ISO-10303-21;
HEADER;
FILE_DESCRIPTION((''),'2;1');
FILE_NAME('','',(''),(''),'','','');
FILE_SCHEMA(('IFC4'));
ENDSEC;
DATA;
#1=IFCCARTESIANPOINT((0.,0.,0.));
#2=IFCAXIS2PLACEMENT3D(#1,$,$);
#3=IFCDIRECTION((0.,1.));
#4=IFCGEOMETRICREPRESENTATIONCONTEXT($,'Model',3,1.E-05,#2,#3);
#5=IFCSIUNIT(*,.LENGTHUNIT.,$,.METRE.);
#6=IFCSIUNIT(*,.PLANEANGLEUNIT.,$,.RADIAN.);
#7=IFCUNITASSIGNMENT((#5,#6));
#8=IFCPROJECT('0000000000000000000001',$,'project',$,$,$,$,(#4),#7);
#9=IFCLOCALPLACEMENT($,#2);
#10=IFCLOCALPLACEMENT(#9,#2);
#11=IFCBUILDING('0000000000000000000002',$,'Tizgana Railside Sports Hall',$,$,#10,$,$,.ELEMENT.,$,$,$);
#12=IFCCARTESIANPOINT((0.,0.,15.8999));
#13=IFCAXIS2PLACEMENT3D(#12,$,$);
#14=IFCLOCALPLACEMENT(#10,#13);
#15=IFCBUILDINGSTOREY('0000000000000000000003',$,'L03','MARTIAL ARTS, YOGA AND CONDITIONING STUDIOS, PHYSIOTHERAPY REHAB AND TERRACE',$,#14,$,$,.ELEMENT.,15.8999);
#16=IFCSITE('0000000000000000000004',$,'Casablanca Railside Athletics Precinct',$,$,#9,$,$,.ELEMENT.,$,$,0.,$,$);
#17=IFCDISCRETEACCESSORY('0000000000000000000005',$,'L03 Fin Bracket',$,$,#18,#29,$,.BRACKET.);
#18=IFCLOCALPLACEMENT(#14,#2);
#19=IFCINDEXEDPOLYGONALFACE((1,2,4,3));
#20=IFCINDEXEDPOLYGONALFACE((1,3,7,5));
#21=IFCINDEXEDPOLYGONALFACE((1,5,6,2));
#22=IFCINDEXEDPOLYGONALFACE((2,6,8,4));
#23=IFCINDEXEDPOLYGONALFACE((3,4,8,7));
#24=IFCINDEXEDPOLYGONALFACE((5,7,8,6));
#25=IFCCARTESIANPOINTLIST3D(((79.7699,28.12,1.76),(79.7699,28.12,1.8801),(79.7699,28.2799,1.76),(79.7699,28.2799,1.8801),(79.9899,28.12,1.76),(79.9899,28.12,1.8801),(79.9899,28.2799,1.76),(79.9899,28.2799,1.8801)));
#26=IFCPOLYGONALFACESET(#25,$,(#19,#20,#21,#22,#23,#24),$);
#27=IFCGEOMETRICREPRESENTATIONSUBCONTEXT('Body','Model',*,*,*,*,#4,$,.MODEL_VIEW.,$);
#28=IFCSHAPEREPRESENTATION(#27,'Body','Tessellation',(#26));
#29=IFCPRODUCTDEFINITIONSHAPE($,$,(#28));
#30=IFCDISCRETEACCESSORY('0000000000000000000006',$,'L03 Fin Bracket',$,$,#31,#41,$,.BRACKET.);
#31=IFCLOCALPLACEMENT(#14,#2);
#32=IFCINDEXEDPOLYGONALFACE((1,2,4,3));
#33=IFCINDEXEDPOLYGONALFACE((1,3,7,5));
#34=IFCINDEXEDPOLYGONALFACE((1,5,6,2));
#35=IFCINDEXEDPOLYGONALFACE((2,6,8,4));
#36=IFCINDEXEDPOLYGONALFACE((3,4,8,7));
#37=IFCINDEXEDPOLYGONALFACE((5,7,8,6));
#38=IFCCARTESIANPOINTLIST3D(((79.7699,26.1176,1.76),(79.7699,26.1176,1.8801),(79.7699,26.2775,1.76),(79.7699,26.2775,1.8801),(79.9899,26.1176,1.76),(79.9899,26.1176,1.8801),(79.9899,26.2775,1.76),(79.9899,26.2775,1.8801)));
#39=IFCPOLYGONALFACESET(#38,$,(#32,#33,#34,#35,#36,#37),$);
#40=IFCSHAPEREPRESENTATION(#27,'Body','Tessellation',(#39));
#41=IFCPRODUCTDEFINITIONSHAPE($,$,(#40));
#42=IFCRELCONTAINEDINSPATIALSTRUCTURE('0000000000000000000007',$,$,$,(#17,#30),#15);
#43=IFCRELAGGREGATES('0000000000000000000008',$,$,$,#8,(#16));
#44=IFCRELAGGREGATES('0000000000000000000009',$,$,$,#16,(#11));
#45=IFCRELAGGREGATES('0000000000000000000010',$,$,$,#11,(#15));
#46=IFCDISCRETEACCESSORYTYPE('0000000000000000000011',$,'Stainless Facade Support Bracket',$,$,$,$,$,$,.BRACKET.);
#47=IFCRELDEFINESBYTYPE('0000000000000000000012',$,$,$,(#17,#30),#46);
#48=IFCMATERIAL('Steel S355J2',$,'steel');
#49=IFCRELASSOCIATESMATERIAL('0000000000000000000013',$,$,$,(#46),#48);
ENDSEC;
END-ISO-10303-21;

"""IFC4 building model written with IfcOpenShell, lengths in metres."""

from ifc_helpers import new_model, si_unit, direction, frame, origin, origin_2d, place, context, subcontext, project, spatial, rectangle, extrude, material, type_object, element, save


model = new_model("IFC4")

# Units and contexts
model_context = context("Model", 3, precision=1e-05, world=origin(), true_north=direction((0.0, 1.0)))
body_context = subcontext(model_context, "Body", "Model", "MODEL_VIEW")
ifc_project = project(units=[si_unit("LENGTHUNIT", "METRE"), si_unit("PLANEANGLEUNIT", "RADIAN")], contexts=[model_context])

# Site, building, storey
site_placement = place(None, origin())
site = spatial("IfcSite", under=ifc_project, at=site_placement, Name="Casablanca Railside Athletics Precinct", CompositionType="ELEMENT", RefElevation=0.0)
building_placement = place(site_placement, origin())
building = spatial("IfcBuilding", under=site, at=building_placement, Name="Tizgana Railside Sports Hall", CompositionType="ELEMENT")
storey_placement = place(building_placement, frame((0.0, 0.0, 15.8999)))
storey = spatial("IfcBuildingStorey", under=building, at=storey_placement, Name="L03", Description="MARTIAL ARTS, YOGA AND CONDITIONING STUDIOS, PHYSIOTHERAPY REHAB AND TERRACE", CompositionType="ELEMENT", Elevation=15.8999)

# Discrete accessories
ifc_material_1 = material(Name="Steel S355J2", Category="steel")
discrete_accessory_type = type_object("IfcDiscreteAccessoryType", Name="Stainless Facade Support Bracket", PredefinedType="BRACKET", material=ifc_material_1)
for number, where, z_axis, x_axis, name in (
    (1, (79.8799, 28.2, 1.76), (0.0, 0.0, 1.0), (0.0, -1.0, 0.0), "L03 Fin Bracket"),
    (2, (79.8799, 26.1975, 1.76), (0.0, 0.0, 1.0), (0.0, -1.0, 0.0), "L03 Fin Bracket"),
):
    element("IfcDiscreteAccessory", number, at=place(storey_placement, frame(where, z_axis=z_axis, x_axis=x_axis)), inside=storey, type_object=discrete_accessory_type, Name=name, PredefinedType="BRACKET", context=body_context, shape_type="SweptSolid", body=[
        extrude(rectangle(XDim=0.1599, YDim=0.22, at=origin_2d()), origin(), (0.0, 0.0, 1.0), 0.1201),
    ])

save(model, "model.ifc")
